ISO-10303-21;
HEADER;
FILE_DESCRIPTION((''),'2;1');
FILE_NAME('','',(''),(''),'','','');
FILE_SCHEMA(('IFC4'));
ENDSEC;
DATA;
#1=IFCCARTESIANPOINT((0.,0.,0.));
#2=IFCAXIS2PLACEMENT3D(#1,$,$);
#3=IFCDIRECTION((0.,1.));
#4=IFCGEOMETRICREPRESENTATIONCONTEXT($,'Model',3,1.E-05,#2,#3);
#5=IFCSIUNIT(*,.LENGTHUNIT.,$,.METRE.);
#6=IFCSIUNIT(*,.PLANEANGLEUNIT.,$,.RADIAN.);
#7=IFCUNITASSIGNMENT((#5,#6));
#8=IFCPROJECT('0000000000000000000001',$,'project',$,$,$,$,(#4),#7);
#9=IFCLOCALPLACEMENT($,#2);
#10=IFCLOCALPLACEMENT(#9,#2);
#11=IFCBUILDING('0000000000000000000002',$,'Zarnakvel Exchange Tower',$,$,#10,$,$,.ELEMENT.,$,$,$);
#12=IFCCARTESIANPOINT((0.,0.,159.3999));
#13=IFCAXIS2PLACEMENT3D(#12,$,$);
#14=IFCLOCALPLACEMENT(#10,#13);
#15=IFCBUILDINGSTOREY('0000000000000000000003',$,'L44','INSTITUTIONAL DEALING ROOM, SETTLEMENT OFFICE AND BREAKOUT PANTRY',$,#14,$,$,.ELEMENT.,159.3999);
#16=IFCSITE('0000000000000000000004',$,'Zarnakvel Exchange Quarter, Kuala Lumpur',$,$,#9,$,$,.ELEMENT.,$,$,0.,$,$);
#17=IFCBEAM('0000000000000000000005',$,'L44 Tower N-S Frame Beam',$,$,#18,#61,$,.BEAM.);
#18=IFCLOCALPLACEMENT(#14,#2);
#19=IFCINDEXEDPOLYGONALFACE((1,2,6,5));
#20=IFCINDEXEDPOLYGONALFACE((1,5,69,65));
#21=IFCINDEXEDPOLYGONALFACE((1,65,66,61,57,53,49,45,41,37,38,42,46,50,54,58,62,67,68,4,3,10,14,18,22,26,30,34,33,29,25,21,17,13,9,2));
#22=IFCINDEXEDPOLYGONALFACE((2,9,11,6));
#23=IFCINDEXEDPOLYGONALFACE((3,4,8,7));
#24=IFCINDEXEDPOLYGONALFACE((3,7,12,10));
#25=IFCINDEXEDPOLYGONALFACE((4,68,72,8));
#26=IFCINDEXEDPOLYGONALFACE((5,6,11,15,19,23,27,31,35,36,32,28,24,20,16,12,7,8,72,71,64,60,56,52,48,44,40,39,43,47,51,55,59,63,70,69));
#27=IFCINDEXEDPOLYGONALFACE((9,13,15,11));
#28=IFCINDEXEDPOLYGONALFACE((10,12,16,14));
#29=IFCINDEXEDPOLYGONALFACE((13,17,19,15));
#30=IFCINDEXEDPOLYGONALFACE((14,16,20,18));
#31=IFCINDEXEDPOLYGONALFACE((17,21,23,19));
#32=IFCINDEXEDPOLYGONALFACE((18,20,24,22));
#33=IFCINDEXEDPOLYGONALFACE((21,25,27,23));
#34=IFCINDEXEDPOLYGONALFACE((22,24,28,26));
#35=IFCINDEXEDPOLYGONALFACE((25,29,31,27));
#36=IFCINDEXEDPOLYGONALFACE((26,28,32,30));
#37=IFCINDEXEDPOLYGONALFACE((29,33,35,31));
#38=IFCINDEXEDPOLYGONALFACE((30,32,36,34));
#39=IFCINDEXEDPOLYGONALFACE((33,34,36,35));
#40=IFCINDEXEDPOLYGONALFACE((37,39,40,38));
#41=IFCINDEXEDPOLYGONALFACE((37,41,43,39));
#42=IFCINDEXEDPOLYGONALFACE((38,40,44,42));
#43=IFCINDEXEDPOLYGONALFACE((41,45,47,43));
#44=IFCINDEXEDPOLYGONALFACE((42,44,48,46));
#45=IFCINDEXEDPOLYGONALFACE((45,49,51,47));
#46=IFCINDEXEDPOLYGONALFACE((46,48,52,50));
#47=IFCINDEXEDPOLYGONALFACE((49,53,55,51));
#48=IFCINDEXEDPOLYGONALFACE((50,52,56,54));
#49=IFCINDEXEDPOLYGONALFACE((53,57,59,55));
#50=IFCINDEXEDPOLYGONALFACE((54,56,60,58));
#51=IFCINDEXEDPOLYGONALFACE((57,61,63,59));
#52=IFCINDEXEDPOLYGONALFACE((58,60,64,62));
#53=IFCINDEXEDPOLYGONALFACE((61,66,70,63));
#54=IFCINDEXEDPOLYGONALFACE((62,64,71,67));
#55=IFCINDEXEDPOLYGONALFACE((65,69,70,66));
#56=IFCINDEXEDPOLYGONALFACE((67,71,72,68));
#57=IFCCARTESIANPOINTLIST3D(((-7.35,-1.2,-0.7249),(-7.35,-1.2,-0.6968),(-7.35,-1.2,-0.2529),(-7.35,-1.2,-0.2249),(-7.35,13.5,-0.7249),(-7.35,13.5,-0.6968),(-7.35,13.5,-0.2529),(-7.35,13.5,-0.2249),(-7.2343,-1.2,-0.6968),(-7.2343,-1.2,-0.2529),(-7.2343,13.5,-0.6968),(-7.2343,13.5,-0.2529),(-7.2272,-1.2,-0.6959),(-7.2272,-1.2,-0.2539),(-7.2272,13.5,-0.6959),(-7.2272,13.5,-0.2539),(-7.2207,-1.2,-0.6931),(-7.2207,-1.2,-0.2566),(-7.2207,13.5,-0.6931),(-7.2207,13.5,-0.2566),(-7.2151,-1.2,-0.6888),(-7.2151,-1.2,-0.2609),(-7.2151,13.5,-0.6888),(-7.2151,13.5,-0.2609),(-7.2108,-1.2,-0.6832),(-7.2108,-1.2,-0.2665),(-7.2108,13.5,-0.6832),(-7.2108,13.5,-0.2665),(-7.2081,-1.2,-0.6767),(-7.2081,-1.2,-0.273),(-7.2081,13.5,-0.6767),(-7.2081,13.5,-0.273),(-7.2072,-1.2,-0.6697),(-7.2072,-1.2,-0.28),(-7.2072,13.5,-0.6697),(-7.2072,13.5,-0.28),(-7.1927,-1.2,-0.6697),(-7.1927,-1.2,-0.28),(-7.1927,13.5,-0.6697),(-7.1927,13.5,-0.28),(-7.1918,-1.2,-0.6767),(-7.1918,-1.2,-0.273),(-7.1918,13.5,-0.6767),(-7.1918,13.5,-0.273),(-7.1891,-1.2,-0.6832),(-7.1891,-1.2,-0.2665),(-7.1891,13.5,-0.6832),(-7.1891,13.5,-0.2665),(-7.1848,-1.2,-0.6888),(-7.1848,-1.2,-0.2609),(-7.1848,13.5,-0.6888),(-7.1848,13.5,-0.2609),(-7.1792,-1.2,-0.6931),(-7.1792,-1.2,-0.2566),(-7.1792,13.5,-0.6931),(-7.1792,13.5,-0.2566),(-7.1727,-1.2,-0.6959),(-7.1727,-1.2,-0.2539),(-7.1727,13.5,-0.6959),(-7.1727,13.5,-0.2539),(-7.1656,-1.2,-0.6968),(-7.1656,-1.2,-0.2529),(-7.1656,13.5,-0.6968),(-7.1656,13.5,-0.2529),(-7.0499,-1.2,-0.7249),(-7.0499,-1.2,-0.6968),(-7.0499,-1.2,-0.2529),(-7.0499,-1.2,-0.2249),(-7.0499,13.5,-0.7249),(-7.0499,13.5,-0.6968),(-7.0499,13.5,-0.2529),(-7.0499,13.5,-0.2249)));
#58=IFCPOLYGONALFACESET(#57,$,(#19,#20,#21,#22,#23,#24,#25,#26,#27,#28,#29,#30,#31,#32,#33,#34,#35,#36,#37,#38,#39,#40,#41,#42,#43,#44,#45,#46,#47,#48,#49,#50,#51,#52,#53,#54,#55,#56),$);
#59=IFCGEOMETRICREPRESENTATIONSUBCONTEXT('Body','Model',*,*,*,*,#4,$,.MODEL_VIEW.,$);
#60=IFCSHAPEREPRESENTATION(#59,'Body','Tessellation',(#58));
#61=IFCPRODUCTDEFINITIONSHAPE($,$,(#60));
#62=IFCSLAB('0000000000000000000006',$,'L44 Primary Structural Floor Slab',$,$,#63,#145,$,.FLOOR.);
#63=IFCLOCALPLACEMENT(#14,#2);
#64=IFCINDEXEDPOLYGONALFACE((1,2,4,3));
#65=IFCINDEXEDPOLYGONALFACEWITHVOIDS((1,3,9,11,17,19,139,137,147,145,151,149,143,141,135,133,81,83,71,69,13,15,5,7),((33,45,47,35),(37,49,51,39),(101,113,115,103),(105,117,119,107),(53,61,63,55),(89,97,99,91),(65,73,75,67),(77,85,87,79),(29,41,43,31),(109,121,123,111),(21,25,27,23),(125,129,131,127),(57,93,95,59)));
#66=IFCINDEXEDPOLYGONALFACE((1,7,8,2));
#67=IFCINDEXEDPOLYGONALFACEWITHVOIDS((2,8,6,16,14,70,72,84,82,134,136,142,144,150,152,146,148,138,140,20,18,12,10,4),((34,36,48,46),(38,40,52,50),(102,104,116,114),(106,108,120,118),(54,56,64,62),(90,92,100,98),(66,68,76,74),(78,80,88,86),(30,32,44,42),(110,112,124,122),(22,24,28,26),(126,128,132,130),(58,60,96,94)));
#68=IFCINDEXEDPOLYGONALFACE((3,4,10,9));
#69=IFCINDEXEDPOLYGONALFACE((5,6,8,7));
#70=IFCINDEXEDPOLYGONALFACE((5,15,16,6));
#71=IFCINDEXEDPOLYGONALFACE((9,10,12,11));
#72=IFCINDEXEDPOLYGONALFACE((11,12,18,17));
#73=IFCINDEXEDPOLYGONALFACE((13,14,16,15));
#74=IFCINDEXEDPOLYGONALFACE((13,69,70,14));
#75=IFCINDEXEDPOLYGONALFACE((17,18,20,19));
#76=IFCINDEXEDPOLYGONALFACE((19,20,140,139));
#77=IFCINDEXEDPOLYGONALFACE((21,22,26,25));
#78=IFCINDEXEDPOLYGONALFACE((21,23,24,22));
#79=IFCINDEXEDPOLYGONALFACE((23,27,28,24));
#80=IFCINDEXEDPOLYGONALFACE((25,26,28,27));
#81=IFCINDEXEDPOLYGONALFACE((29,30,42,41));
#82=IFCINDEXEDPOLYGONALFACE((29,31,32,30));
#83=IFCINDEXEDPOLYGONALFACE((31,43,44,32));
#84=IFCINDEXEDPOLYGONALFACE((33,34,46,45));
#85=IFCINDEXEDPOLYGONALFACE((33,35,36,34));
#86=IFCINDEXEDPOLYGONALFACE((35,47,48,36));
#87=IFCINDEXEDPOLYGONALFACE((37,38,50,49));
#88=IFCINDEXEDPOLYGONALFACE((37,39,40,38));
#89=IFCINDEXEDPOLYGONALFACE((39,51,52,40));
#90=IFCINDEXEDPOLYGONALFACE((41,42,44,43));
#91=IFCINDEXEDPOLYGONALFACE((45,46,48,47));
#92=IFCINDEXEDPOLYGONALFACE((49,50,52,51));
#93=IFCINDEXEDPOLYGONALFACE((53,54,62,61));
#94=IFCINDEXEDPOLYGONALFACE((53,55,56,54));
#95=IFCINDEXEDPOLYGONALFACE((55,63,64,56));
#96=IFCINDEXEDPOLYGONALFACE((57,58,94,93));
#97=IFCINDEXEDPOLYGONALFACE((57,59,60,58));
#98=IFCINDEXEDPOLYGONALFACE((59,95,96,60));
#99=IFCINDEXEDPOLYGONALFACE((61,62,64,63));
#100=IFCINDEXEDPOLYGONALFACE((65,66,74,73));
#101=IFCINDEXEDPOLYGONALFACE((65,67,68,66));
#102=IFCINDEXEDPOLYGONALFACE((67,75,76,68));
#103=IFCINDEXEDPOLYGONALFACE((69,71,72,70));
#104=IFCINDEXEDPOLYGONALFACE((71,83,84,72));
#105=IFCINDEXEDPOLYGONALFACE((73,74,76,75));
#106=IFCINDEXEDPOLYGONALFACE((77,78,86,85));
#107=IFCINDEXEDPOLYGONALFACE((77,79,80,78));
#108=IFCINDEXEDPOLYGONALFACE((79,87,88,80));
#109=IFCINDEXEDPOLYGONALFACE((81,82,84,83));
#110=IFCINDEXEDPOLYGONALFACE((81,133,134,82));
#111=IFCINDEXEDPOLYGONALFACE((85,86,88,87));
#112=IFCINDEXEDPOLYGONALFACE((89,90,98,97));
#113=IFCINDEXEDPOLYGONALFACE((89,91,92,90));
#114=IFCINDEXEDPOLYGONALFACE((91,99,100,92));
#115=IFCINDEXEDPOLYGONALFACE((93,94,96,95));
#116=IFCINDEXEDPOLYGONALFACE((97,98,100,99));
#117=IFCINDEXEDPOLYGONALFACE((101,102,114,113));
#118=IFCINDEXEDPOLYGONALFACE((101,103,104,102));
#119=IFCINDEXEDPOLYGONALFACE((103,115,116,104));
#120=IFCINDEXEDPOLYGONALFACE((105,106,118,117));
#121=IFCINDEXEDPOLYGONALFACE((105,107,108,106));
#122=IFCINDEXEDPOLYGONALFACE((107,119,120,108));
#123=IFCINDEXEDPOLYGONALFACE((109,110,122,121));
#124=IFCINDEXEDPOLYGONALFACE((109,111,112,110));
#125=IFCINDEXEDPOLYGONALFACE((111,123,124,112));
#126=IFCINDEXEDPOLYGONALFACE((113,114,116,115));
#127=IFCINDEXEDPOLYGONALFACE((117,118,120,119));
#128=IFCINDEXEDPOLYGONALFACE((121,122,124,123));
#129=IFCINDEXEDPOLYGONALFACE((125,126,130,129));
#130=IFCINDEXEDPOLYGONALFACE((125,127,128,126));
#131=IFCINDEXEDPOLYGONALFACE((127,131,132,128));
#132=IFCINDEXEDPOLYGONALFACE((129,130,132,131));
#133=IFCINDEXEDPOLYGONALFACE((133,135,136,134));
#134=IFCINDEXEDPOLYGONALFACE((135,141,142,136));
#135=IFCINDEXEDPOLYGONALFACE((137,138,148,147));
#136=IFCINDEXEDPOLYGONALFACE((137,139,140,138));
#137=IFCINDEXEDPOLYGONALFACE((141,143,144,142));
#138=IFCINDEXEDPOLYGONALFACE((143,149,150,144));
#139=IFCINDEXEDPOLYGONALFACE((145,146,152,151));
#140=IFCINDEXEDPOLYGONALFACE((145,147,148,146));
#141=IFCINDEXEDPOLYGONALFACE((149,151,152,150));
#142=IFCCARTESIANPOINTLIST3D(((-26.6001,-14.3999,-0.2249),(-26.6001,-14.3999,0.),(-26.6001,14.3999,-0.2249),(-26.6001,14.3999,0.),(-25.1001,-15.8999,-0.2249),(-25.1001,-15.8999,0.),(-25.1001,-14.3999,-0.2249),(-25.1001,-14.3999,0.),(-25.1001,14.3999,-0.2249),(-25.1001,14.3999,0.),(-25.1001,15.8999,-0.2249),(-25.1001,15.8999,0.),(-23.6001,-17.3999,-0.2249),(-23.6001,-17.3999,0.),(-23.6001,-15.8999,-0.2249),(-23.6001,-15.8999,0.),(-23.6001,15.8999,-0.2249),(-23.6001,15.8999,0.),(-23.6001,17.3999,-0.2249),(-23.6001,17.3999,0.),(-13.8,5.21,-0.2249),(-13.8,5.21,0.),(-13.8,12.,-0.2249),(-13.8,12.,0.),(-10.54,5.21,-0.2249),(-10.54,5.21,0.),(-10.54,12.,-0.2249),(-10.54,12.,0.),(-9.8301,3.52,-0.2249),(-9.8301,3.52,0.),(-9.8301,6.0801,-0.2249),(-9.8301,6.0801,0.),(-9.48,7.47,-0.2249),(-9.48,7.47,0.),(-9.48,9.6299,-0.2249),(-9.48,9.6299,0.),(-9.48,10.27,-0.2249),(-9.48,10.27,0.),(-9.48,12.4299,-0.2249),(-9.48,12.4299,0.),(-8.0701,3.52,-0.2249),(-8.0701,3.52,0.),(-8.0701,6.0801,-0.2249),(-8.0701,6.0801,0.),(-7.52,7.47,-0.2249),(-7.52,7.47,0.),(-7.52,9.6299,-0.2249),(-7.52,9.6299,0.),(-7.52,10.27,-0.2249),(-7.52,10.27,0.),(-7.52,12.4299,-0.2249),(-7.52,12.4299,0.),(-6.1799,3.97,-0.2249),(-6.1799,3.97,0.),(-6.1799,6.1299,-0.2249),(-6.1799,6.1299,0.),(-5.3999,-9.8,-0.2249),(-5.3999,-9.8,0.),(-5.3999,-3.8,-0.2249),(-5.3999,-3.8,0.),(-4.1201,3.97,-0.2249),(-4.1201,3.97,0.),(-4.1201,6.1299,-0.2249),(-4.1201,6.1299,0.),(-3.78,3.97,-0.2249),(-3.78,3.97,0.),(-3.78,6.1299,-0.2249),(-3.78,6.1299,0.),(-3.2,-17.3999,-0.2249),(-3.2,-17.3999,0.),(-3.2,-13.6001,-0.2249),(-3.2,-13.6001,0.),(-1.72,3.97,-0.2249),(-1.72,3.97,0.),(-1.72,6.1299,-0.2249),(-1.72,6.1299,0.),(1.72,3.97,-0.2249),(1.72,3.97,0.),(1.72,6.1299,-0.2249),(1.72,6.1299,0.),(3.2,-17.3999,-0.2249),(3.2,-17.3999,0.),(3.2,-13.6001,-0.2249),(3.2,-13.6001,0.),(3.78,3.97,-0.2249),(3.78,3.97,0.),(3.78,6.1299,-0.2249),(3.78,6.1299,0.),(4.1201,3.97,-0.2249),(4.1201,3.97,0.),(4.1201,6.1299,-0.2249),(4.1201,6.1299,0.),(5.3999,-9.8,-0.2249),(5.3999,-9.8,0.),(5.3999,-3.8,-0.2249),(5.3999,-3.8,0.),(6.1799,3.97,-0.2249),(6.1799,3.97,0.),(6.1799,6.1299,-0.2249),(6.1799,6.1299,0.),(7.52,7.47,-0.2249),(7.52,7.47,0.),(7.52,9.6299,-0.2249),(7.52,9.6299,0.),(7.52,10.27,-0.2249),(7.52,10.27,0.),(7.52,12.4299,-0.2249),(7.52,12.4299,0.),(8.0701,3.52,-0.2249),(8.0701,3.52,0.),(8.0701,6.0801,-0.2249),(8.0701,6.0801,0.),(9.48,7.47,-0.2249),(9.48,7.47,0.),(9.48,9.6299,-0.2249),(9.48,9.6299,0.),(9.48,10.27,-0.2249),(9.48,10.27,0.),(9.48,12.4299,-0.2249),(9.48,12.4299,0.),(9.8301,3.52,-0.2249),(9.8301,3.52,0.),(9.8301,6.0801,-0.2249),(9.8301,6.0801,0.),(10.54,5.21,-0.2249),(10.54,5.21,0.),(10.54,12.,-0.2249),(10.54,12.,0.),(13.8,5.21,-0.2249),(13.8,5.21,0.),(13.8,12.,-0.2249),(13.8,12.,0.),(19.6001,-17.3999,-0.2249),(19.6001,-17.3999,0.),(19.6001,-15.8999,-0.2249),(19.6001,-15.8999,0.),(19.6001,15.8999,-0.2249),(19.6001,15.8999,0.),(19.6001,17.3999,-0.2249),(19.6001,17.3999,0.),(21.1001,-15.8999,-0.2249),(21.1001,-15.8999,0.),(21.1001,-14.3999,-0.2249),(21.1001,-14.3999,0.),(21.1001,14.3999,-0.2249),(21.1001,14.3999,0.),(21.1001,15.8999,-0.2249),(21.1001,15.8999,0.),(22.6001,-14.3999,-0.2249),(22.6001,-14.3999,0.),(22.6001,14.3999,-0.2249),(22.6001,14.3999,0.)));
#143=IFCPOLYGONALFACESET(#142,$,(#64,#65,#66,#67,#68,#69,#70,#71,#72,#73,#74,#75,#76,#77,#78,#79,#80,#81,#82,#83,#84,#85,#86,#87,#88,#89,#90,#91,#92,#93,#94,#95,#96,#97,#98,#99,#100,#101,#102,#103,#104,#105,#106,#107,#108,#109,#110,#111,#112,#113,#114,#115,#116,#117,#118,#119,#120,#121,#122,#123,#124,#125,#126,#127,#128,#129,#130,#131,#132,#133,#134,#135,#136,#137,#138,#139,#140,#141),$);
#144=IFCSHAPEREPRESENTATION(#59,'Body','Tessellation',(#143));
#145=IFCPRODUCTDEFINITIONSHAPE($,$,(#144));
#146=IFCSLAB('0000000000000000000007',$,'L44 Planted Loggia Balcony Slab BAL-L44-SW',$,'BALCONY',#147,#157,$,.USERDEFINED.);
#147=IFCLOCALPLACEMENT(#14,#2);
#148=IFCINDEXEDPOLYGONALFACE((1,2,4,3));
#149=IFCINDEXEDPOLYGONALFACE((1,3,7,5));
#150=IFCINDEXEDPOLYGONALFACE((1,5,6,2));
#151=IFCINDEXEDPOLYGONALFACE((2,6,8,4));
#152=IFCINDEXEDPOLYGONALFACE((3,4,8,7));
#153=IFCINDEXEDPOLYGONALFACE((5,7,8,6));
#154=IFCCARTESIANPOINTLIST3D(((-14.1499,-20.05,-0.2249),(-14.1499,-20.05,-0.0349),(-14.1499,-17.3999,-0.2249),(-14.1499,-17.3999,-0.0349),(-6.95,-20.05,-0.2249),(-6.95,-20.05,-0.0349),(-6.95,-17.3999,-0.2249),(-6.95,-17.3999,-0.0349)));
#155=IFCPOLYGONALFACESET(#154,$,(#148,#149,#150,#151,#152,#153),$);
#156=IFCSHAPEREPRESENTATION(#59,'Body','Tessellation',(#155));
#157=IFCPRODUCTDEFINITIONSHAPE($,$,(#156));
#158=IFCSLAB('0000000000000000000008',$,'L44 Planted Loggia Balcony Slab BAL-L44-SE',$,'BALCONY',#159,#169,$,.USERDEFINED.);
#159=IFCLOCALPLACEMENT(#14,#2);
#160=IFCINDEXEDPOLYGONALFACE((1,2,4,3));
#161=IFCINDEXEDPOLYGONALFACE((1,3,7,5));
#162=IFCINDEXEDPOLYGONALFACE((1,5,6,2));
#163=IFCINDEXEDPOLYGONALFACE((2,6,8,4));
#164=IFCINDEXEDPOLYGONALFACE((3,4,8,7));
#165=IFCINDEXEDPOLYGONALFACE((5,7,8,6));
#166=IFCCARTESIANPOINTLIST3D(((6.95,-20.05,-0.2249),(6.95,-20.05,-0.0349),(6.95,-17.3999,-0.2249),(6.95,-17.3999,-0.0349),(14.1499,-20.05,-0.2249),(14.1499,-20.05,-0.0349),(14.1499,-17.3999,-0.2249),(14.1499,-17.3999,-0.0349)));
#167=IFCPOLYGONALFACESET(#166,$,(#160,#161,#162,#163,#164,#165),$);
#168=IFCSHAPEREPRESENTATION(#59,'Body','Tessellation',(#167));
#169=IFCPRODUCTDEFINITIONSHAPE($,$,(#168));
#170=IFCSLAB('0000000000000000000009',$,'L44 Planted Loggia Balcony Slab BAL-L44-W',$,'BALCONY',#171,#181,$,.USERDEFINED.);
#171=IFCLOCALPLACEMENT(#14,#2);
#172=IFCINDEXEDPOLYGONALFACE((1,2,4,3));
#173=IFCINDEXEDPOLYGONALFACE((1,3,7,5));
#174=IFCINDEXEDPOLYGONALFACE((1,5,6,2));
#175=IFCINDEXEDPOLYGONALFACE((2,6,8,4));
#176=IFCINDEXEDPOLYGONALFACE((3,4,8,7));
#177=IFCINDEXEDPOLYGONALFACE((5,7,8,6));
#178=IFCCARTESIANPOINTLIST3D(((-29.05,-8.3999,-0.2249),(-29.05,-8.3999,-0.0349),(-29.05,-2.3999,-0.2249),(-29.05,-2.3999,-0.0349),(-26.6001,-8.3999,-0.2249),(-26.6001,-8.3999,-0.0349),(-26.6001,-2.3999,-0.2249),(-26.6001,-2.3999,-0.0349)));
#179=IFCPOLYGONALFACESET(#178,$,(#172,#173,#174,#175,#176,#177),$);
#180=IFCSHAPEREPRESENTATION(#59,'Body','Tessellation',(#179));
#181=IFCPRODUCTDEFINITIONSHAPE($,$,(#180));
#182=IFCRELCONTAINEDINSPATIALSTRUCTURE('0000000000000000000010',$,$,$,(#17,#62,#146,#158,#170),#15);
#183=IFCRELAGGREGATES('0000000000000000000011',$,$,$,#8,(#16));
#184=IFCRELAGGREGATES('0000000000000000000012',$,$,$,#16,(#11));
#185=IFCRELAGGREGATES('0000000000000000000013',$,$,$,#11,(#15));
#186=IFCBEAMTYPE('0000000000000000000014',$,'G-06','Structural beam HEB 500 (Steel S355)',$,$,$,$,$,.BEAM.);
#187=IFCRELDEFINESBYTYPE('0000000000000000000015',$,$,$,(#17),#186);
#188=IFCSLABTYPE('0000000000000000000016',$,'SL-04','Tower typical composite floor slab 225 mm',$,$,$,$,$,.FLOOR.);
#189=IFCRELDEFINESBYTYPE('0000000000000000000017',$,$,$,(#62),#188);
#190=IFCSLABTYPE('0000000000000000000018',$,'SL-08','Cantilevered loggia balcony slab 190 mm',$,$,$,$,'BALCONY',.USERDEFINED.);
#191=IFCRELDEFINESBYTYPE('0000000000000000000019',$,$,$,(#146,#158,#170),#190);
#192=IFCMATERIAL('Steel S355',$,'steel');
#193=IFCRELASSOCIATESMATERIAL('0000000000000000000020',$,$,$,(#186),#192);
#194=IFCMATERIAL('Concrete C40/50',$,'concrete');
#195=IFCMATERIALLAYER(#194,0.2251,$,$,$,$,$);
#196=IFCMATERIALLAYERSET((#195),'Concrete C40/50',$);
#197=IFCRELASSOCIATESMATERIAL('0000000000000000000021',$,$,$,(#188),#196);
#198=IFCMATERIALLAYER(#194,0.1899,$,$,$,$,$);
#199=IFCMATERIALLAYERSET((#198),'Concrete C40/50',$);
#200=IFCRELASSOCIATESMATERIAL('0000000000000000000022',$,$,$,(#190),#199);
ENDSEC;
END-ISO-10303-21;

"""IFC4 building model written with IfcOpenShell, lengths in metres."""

from ifc_helpers import new_model, si_unit, direction, frame, origin, origin_2d, place, context, subcontext, project, spatial, polyline, i_section, outline, extrude, material, layer, layer_set, material_profile, profile_set, type_object, element, save


model = new_model("IFC4")

# Units and contexts
model_context = context("Model", 3, precision=1e-05, world=origin(), true_north=direction((0.0, 1.0)))
body_context = subcontext(model_context, "Body", "Model", "MODEL_VIEW")
ifc_project = project(units=[si_unit("LENGTHUNIT", "METRE"), si_unit("PLANEANGLEUNIT", "RADIAN")], contexts=[model_context])

# Site, building, storey
site_placement = place(None, origin())
site = spatial("IfcSite", under=ifc_project, at=site_placement, Name="Zarnakvel Exchange Quarter, Kuala Lumpur", CompositionType="ELEMENT", RefElevation=0.0)
building_placement = place(site_placement, origin())
building = spatial("IfcBuilding", under=site, at=building_placement, Name="Zarnakvel Exchange Tower", CompositionType="ELEMENT")
storey_placement = place(building_placement, frame((0.0, 0.0, 159.3999)))
storey = spatial("IfcBuildingStorey", under=building, at=storey_placement, Name="L44", Description="INSTITUTIONAL DEALING ROOM, SETTLEMENT OFFICE AND BREAKOUT PANTRY", CompositionType="ELEMENT", Elevation=159.3999)

# Beam
ifc_material_1 = material(Name="Steel S355", Category="steel")
ifc_material_profile_1 = material_profile(ifc_material_1, i_section(OverallWidth=0.3, OverallDepth=0.5, WebThickness=0.0144, FlangeThickness=0.0281, FilletRadius=0.0271, at=origin_2d()))
ifc_profile_set_1 = profile_set([ifc_material_profile_1], Name="Steel S355")
beam_type_1 = type_object("IfcBeamType", Name="G-06", Description="Structural beam HEB 500 (Steel S355)", PredefinedType="BEAM", material=ifc_profile_set_1)
beam_1_placement = place(storey_placement, frame((-7.2, -1.2, -0.4749), z_axis=(0.0, 1.0, 0.0), x_axis=(-1.0, 0.0, 0.0)))
element("IfcBeam", 1, at=beam_1_placement, inside=storey, type_object=beam_type_1, Name="L44 Tower N-S Frame Beam", PredefinedType="BEAM", context=body_context, shape_type="SweptSolid", body=[
    extrude(i_section(OverallWidth=0.3, OverallDepth=0.5, WebThickness=0.0144, FlangeThickness=0.0281, FilletRadius=0.0271, at=origin_2d()), origin(), (0.0, 0.0, 1.0), 14.7),
])

# Slabs
ifc_material_2 = material(Name="Concrete C40/50", Category="concrete")
ifc_layer_1 = layer(ifc_material_2, 0.2251)
ifc_layer_set_1 = layer_set([ifc_layer_1], Name="Concrete C40/50")
slab_type_1 = type_object("IfcSlabType", Name="SL-04", Description="Tower typical composite floor slab 225 mm", PredefinedType="FLOOR", material=ifc_layer_set_1)
slab_1_placement = place(storey_placement, frame((0.0, 0.0, -0.2249)))
element("IfcSlab", 2, at=slab_1_placement, inside=storey, type_object=slab_type_1, Name="L44 Primary Structural Floor Slab", PredefinedType="FLOOR", context=body_context, shape_type="SweptSolid", body=[
    extrude(outline(polyline([(-26.6001, -14.3999), (-25.1001, -14.3999), (-25.1001, -15.8999), (-23.6001, -15.8999), (-23.6001, -17.3999), (-3.2, -17.3999), (-3.2, -13.6001), (3.2, -13.6001), (3.2, -17.3999), (19.6001, -17.3999), (19.6001, -15.8999), (21.1001, -15.8999), (21.1001, -14.3999), (22.6001, -14.3999), (22.6001, 14.3999), (21.1001, 14.3999), (21.1001, 15.8999), (19.6001, 15.8999), (19.6001, 17.3999), (-23.6001, 17.3999), (-23.6001, 15.8999), (-25.1001, 15.8999), (-25.1001, 14.3999), (-26.6001, 14.3999), (-26.6001, -14.3999)]), holes=[polyline([(-5.3999, -9.8), (5.3999, -9.8), (5.3999, -3.8), (-5.3999, -3.8), (-5.3999, -9.8)]), polyline([(-13.8, 5.21), (-10.54, 5.21), (-10.54, 12.0), (-13.8, 12.0), (-13.8, 5.21)]), polyline([(10.54, 5.21), (13.8, 5.21), (13.8, 12.0), (10.54, 12.0), (10.54, 5.21)]), polyline([(-9.8301, 3.52), (-8.0701, 3.52), (-8.0701, 6.0801), (-9.8301, 6.0801), (-9.8301, 3.52)]), polyline([(8.0701, 3.52), (9.8301, 3.52), (9.8301, 6.0801), (8.0701, 6.0801), (8.0701, 3.52)]), polyline([(-6.1799, 3.97), (-4.1201, 3.97), (-4.1201, 6.1299), (-6.1799, 6.1299), (-6.1799, 3.97)]), polyline([(-3.78, 3.97), (-1.72, 3.97), (-1.72, 6.1299), (-3.78, 6.1299), (-3.78, 3.97)]), polyline([(1.72, 3.97), (3.78, 3.97), (3.78, 6.1299), (1.72, 6.1299), (1.72, 3.97)]), polyline([(4.1201, 3.97), (6.1799, 3.97), (6.1799, 6.1299), (4.1201, 6.1299), (4.1201, 3.97)]), polyline([(-9.48, 7.47), (-7.52, 7.47), (-7.52, 9.6299), (-9.48, 9.6299), (-9.48, 7.47)]), polyline([(-9.48, 10.27), (-7.52, 10.27), (-7.52, 12.4299), (-9.48, 12.4299), (-9.48, 10.27)]), polyline([(7.52, 7.47), (9.48, 7.47), (9.48, 9.6299), (7.52, 9.6299), (7.52, 7.47)]), polyline([(7.52, 10.27), (9.48, 10.27), (9.48, 12.4299), (7.52, 12.4299), (7.52, 10.27)])]), origin(), (0.0, 0.0, 1.0), 0.2249),
])
ifc_layer_2 = layer(ifc_material_2, 0.1899)
ifc_layer_set_2 = layer_set([ifc_layer_2], Name="Concrete C40/50")
slab_type_2 = type_object("IfcSlabType", Name="SL-08", Description="Cantilevered loggia balcony slab 190 mm", ElementType="BALCONY", PredefinedType="USERDEFINED", material=ifc_layer_set_2)
slab_2_placement = place(storey_placement, frame((0.0, 0.0, -0.2249)))
element("IfcSlab", 3, at=slab_2_placement, inside=storey, type_object=slab_type_2, Name="L44 Planted Loggia Balcony Slab BAL-L44-SW", ObjectType="BALCONY", PredefinedType="USERDEFINED", context=body_context, shape_type="SweptSolid", body=[
    extrude(outline(polyline([(-14.1499, -20.05), (-6.95, -20.05), (-6.95, -17.3999), (-14.1499, -17.3999), (-14.1499, -20.05)])), origin(), (0.0, 0.0, 1.0), 0.1899),
])
slab_3_placement = place(storey_placement, frame((0.0, 0.0, -0.2249)))
element("IfcSlab", 4, at=slab_3_placement, inside=storey, type_object=slab_type_2, Name="L44 Planted Loggia Balcony Slab BAL-L44-SE", ObjectType="BALCONY", PredefinedType="USERDEFINED", context=body_context, shape_type="SweptSolid", body=[
    extrude(outline(polyline([(6.95, -20.05), (14.1499, -20.05), (14.1499, -17.3999), (6.95, -17.3999), (6.95, -20.05)])), origin(), (0.0, 0.0, 1.0), 0.1899),
])
slab_4_placement = place(storey_placement, frame((0.0, 0.0, -0.2249)))
element("IfcSlab", 5, at=slab_4_placement, inside=storey, type_object=slab_type_2, Name="L44 Planted Loggia Balcony Slab BAL-L44-W", ObjectType="BALCONY", PredefinedType="USERDEFINED", context=body_context, shape_type="SweptSolid", body=[
    extrude(outline(polyline([(-29.05, -8.3999), (-26.6001, -8.3999), (-26.6001, -2.3999), (-29.05, -2.3999), (-29.05, -8.3999)])), origin(), (0.0, 0.0, 1.0), 0.1899),
])

save(model, "model.ifc")
